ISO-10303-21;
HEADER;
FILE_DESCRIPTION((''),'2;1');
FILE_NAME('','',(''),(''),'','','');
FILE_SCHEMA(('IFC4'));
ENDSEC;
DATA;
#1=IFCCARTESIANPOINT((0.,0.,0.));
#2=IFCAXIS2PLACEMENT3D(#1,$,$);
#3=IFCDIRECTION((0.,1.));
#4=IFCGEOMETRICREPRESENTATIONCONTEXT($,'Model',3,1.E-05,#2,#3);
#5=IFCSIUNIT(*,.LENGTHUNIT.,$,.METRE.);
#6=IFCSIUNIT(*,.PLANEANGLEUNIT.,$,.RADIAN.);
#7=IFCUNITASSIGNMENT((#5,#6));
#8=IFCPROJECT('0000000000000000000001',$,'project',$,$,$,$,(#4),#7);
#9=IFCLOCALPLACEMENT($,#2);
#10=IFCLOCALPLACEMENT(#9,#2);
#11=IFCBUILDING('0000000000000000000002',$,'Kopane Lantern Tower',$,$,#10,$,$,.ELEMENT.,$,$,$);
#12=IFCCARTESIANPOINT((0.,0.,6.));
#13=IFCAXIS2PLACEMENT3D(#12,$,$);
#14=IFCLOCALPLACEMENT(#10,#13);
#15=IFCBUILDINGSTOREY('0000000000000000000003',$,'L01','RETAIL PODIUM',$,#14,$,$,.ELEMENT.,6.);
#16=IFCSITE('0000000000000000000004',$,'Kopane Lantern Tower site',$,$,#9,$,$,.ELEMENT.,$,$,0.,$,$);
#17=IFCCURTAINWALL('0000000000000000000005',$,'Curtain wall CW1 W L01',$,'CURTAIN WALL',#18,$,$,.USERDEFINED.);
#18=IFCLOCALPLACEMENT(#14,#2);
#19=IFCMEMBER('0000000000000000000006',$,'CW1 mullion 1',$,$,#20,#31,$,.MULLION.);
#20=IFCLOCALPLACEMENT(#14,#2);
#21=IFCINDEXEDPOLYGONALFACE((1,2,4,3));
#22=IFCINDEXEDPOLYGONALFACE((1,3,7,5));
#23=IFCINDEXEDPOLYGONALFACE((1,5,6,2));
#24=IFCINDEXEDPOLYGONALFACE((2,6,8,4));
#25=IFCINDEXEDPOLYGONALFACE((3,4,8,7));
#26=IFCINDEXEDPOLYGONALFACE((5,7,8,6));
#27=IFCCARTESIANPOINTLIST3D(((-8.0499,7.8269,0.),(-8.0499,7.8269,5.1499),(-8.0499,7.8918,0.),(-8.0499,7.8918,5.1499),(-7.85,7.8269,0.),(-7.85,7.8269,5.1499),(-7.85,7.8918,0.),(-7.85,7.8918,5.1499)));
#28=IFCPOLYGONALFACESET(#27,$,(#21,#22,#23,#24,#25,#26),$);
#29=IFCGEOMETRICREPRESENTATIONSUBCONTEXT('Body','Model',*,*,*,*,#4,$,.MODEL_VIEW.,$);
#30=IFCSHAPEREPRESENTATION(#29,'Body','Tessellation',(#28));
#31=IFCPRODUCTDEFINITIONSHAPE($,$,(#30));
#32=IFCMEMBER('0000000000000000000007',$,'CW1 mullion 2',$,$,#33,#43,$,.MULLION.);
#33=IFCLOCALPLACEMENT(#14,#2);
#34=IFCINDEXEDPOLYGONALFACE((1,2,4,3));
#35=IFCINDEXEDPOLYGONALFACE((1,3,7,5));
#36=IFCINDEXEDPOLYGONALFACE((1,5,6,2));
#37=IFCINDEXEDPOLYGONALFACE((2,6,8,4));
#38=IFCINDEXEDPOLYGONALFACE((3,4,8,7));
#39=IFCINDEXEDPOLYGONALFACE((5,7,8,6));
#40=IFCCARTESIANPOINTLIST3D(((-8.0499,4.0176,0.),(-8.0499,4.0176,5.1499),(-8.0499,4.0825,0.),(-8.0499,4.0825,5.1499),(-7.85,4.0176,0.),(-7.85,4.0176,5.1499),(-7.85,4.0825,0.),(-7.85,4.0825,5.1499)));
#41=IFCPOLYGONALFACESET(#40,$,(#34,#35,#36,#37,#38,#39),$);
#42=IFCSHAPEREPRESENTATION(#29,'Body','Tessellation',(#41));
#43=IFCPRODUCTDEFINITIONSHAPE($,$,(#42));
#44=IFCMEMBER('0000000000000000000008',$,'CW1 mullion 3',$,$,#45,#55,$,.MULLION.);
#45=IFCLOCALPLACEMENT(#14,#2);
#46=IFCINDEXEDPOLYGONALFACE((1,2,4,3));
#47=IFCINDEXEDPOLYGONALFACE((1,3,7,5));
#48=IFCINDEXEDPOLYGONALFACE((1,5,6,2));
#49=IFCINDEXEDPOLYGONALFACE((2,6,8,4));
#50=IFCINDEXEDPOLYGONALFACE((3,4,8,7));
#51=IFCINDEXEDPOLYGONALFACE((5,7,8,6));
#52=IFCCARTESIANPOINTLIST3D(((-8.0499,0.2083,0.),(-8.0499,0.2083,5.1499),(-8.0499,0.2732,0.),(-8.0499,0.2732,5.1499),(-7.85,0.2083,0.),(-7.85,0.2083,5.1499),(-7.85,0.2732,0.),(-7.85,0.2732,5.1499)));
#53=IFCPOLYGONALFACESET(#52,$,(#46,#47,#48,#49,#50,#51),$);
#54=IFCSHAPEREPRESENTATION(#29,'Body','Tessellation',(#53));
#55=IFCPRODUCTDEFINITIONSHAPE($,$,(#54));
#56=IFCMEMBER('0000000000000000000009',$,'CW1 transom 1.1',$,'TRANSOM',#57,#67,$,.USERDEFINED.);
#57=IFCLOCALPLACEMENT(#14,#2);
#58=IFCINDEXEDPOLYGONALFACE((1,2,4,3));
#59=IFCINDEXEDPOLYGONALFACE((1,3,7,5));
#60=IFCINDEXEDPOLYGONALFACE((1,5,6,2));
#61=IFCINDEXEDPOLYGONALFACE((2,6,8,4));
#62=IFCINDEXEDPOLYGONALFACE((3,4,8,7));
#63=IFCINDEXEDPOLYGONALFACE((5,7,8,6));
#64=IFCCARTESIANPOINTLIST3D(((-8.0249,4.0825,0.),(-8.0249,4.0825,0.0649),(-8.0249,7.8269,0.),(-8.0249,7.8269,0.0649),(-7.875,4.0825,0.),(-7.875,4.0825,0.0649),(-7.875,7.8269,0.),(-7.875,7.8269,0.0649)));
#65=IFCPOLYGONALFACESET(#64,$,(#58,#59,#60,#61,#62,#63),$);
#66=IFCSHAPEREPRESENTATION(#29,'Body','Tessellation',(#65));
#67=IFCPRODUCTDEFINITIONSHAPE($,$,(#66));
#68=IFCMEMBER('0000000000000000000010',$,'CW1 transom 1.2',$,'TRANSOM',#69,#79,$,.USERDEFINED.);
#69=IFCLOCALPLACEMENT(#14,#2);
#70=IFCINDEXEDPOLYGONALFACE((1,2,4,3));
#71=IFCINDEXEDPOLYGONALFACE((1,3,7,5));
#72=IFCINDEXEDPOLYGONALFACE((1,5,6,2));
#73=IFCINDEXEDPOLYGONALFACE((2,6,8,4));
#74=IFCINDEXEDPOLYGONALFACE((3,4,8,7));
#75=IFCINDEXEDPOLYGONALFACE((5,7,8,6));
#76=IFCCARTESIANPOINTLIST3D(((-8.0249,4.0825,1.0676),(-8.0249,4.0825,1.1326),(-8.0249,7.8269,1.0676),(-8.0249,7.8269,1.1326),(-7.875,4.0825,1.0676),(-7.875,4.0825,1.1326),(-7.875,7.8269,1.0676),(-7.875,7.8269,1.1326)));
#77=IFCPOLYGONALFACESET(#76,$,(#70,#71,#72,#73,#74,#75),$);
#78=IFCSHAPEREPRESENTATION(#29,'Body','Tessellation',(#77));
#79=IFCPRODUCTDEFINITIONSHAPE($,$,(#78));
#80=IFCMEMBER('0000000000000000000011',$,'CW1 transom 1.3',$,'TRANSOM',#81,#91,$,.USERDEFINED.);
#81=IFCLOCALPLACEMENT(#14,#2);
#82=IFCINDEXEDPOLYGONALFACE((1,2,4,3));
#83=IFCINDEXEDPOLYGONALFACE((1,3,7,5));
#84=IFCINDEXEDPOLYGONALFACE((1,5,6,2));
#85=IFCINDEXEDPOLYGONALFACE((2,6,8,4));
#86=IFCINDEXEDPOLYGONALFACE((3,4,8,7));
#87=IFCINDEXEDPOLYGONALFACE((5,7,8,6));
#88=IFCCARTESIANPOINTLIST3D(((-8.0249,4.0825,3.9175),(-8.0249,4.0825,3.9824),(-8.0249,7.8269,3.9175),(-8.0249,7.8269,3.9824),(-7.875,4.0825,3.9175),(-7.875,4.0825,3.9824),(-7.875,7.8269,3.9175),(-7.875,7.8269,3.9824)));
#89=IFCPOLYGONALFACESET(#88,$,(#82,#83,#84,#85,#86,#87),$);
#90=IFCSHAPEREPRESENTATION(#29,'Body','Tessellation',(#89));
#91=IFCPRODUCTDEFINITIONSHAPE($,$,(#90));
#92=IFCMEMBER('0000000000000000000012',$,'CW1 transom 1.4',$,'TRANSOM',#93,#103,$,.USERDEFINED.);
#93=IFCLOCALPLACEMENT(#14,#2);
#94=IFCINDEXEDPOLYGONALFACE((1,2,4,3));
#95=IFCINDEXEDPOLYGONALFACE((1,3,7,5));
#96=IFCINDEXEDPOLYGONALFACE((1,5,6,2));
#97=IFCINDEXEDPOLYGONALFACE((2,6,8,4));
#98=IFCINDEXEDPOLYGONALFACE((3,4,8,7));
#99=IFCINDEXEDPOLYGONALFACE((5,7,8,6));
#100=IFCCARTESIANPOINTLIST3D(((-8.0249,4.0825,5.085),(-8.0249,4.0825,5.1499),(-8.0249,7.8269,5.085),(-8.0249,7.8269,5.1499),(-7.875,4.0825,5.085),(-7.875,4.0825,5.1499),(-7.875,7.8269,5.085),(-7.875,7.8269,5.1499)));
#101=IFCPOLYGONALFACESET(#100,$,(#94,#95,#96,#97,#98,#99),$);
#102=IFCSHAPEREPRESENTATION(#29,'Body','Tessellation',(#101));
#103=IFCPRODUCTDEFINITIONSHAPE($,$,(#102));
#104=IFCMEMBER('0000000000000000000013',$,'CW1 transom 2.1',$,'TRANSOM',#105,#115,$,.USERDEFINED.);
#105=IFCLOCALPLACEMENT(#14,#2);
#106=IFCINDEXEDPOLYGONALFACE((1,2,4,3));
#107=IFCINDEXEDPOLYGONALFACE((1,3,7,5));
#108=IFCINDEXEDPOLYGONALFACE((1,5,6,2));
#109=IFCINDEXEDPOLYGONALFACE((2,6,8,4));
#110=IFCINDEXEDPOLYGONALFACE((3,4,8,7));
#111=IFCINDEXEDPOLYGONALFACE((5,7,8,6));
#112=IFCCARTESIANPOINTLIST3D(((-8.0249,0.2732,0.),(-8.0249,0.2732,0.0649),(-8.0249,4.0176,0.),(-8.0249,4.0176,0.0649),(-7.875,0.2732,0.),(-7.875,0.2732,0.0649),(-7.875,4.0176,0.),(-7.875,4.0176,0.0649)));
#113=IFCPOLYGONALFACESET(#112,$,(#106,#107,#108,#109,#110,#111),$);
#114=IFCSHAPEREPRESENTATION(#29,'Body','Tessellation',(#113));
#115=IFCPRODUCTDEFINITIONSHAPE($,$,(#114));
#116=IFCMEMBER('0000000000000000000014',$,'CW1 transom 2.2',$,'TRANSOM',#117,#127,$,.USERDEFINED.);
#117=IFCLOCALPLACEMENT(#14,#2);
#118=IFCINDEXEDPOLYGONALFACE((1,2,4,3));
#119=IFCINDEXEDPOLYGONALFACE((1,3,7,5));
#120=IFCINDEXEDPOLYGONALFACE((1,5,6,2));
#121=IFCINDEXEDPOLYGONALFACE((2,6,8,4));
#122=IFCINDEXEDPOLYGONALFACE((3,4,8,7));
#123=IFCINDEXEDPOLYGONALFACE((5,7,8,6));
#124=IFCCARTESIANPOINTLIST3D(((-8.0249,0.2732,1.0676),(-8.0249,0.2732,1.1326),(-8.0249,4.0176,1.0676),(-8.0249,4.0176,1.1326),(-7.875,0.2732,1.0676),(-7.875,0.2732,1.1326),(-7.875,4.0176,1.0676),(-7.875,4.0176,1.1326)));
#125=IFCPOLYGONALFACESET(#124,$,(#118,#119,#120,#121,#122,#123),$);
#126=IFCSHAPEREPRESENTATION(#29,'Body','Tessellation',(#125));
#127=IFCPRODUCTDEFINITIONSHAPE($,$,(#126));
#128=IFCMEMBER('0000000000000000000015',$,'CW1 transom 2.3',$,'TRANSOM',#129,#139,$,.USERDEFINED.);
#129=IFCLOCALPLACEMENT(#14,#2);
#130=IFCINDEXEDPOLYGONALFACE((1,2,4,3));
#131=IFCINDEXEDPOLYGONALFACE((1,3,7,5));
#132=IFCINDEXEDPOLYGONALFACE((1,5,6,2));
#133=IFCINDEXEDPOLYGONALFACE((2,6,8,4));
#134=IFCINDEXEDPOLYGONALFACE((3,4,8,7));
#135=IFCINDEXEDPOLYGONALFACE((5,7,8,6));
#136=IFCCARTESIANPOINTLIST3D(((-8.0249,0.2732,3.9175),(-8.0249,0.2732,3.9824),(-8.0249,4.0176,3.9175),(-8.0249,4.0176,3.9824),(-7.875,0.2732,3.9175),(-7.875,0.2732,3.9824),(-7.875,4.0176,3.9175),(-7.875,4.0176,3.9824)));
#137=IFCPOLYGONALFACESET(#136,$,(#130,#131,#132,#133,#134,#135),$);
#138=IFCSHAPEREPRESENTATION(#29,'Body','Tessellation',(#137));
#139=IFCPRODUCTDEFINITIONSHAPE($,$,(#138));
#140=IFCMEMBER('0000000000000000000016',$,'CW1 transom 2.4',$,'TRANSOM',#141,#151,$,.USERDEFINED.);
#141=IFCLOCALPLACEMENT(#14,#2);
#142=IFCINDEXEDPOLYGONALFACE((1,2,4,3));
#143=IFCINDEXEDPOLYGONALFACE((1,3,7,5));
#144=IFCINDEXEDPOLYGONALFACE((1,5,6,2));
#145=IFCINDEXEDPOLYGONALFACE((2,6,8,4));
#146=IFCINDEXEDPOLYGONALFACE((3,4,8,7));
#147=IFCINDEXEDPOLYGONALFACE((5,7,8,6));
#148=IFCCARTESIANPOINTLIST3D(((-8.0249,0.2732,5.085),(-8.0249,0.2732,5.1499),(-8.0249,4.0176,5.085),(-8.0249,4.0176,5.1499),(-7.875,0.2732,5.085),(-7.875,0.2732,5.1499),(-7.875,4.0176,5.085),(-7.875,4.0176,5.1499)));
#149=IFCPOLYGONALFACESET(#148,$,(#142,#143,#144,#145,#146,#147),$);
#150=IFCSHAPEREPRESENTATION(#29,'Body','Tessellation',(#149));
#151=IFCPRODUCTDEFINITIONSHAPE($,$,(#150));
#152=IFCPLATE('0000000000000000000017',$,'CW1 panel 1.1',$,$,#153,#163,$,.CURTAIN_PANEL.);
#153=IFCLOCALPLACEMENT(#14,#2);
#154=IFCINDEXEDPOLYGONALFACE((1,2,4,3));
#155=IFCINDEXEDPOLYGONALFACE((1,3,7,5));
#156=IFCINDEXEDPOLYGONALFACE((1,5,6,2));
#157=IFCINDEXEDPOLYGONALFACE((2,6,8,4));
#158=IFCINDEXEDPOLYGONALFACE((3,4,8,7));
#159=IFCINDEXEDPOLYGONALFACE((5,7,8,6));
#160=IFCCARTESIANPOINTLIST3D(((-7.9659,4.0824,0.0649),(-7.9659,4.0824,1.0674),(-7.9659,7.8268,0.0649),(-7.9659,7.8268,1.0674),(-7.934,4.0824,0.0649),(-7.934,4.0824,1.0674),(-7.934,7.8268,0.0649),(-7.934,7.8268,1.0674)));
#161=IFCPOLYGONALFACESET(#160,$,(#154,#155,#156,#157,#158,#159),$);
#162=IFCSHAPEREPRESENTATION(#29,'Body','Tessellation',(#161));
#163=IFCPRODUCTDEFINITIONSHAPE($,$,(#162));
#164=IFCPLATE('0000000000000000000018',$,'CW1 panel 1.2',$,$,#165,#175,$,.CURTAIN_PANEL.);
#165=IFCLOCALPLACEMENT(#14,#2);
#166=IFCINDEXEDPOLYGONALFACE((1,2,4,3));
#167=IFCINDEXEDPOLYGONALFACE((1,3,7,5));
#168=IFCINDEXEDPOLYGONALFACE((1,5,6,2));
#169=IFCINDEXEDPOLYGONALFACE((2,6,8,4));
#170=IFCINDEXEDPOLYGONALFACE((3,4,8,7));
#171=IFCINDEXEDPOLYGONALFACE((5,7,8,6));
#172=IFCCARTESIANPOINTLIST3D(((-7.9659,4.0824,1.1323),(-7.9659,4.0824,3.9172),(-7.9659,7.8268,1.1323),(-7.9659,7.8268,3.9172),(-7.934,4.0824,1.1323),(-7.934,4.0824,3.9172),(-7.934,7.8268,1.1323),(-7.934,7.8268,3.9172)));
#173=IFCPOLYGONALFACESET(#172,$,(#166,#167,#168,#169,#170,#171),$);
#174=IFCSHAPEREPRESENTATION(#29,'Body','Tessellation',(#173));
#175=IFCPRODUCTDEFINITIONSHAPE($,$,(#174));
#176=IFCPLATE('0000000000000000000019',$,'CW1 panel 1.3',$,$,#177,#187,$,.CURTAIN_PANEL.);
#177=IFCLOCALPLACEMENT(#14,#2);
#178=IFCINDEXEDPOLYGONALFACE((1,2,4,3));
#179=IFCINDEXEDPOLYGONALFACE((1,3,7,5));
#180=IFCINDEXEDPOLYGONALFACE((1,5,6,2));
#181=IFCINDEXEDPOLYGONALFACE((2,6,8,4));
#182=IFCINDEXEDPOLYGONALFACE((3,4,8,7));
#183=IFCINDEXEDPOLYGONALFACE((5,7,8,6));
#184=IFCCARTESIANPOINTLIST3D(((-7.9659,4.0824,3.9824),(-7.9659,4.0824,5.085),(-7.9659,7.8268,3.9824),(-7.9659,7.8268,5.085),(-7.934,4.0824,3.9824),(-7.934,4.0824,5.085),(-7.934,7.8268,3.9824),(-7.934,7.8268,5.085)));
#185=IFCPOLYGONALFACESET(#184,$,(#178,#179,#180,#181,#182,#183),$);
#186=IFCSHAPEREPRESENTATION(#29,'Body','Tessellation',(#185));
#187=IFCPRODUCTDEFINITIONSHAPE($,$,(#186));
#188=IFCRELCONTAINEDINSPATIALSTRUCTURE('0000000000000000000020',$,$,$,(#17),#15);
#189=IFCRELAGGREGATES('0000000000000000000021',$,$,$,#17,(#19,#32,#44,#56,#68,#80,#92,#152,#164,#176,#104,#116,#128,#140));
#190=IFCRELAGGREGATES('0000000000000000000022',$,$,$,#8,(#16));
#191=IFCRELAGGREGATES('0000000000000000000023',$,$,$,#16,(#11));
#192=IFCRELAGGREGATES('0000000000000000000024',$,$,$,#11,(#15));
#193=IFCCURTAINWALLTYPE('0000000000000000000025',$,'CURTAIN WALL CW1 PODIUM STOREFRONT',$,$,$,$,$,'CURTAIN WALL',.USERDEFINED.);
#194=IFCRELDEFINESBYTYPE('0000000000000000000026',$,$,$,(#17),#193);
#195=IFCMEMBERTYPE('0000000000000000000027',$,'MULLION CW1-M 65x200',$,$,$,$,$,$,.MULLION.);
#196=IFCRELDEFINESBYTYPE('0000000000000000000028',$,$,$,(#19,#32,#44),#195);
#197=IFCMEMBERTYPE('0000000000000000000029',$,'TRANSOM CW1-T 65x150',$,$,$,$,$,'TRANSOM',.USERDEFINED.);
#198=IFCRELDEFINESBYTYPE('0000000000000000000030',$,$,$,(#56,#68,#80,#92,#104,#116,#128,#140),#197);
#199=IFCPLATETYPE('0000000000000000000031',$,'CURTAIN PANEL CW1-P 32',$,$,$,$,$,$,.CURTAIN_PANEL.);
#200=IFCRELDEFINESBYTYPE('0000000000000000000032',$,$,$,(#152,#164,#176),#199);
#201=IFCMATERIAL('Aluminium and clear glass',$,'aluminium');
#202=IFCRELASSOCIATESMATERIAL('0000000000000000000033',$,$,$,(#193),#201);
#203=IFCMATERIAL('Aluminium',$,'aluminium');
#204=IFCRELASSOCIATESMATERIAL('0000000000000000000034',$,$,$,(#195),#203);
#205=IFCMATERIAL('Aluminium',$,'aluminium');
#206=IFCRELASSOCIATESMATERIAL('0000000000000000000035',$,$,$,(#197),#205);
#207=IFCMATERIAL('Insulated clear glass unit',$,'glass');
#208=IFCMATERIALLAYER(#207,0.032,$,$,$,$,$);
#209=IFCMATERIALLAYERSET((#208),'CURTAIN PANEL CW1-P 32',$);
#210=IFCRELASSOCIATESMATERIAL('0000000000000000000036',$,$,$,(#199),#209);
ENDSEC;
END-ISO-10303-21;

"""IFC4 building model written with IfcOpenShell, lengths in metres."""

from ifc_helpers import new_model, si_unit, direction, frame, origin, origin_2d, place, context, subcontext, project, spatial, rectangle, extrude, material, layer, layer_set, material_profile, profile_set, type_object, element, aggregate, save


model = new_model("IFC4")

# Units and contexts
model_context = context("Model", 3, precision=1e-05, world=origin(), true_north=direction((0.0, 1.0)))
body_context = subcontext(model_context, "Body", "Model", "MODEL_VIEW")
ifc_project = project(units=[si_unit("LENGTHUNIT", "METRE"), si_unit("PLANEANGLEUNIT", "RADIAN")], contexts=[model_context])

# Site, building, storey
site_placement = place(None, origin())
site = spatial("IfcSite", under=ifc_project, at=site_placement, Name="Kopane Lantern Tower site", CompositionType="ELEMENT", RefElevation=0.0)
building_placement = place(site_placement, origin())
building = spatial("IfcBuilding", under=site, at=building_placement, Name="Kopane Lantern Tower", CompositionType="ELEMENT")
storey_placement = place(building_placement, frame((0.0, 0.0, 6.0)))
storey = spatial("IfcBuildingStorey", under=building, at=storey_placement, Name="L01", Description="RETAIL PODIUM", CompositionType="ELEMENT", Elevation=6.0)

# Curtain wall, members, plates
ifc_material_1 = material(Name="Aluminium and clear glass", Category="aluminium")
curtain_wall_type = type_object("IfcCurtainWallType", Name="CURTAIN WALL CW1 PODIUM STOREFRONT", ElementType="CURTAIN WALL", PredefinedType="USERDEFINED", material=ifc_material_1)
curtain_wall_placement = place(storey_placement, origin())
curtain_wall = element("IfcCurtainWall", 1, at=curtain_wall_placement, inside=storey, type_object=curtain_wall_type, Name="Curtain wall CW1 W L01", ObjectType="CURTAIN WALL", PredefinedType="USERDEFINED")
ifc_material_2 = material(Name="Aluminium", Category="aluminium")
ifc_material_profile_1 = material_profile(ifc_material_2, rectangle(XDim=0.0649, YDim=0.2, at=origin_2d()), Name="AL 65x200")
ifc_profile_set_1 = profile_set([ifc_material_profile_1], Name="Aluminium")
member_type_1 = type_object("IfcMemberType", Name="MULLION CW1-M 65x200", PredefinedType="MULLION", material=ifc_profile_set_1)
member_1_placement = place(storey_placement, frame((-7.95, 7.8594, 0.0), z_axis=(0.0, 0.0, 1.0), x_axis=(0.0, -1.0, 0.0)))
member_1 = element("IfcMember", 2, at=member_1_placement, type_object=member_type_1, Name="CW1 mullion 1", PredefinedType="MULLION", context=body_context, shape_type="SweptSolid", body=[
    extrude(rectangle(XDim=0.0649, YDim=0.2, at=origin_2d()), origin(), (0.0, 0.0, 1.0), 5.1499),
])
member_2_placement = place(storey_placement, frame((-7.95, 4.05, 0.0), z_axis=(0.0, 0.0, 1.0), x_axis=(0.0, -1.0, 0.0)))
member_2 = element("IfcMember", 3, at=member_2_placement, type_object=member_type_1, Name="CW1 mullion 2", PredefinedType="MULLION", context=body_context, shape_type="SweptSolid", body=[
    extrude(rectangle(XDim=0.0649, YDim=0.2, at=origin_2d()), origin(), (0.0, 0.0, 1.0), 5.1499),
])
member_3_placement = place(storey_placement, frame((-7.95, 0.2407, 0.0), z_axis=(0.0, 0.0, 1.0), x_axis=(0.0, -1.0, 0.0)))
member_3 = element("IfcMember", 4, at=member_3_placement, type_object=member_type_1, Name="CW1 mullion 3", PredefinedType="MULLION", context=body_context, shape_type="SweptSolid", body=[
    extrude(rectangle(XDim=0.0649, YDim=0.2, at=origin_2d()), origin(), (0.0, 0.0, 1.0), 5.1499),
])
ifc_material_3 = material(Name="Aluminium", Category="aluminium")
ifc_material_profile_2 = material_profile(ifc_material_3, rectangle(XDim=0.1499, YDim=0.0649, at=origin_2d()), Name="AL 150x65")
ifc_profile_set_2 = profile_set([ifc_material_profile_2], Name="Aluminium")
member_type_2 = type_object("IfcMemberType", Name="TRANSOM CW1-T 65x150", ElementType="TRANSOM", PredefinedType="USERDEFINED", material=ifc_profile_set_2)
member_4_placement = place(storey_placement, frame((-7.95, 7.8269, 0.0325), z_axis=(0.0, -1.0, 0.0), x_axis=(1.0, 0.0, 0.0)))
member_4 = element("IfcMember", 5, at=member_4_placement, type_object=member_type_2, Name="CW1 transom 1.1", ObjectType="TRANSOM", PredefinedType="USERDEFINED", context=body_context, shape_type="SweptSolid", body=[
    extrude(rectangle(XDim=0.1499, YDim=0.0649, at=origin_2d()), origin(), (0.0, 0.0, 1.0), 3.7444),
])
member_5_placement = place(storey_placement, frame((-7.95, 7.8269, 1.1001), z_axis=(0.0, -1.0, 0.0), x_axis=(1.0, 0.0, 0.0)))
member_5 = element("IfcMember", 6, at=member_5_placement, type_object=member_type_2, Name="CW1 transom 1.2", ObjectType="TRANSOM", PredefinedType="USERDEFINED", context=body_context, shape_type="SweptSolid", body=[
    extrude(rectangle(XDim=0.1499, YDim=0.0649, at=origin_2d()), origin(), (0.0, 0.0, 1.0), 3.7444),
])
member_6_placement = place(storey_placement, frame((-7.95, 7.8269, 3.95), z_axis=(0.0, -1.0, 0.0), x_axis=(1.0, 0.0, 0.0)))
member_6 = element("IfcMember", 7, at=member_6_placement, type_object=member_type_2, Name="CW1 transom 1.3", ObjectType="TRANSOM", PredefinedType="USERDEFINED", context=body_context, shape_type="SweptSolid", body=[
    extrude(rectangle(XDim=0.1499, YDim=0.0649, at=origin_2d()), origin(), (0.0, 0.0, 1.0), 3.7444),
])
member_7_placement = place(storey_placement, frame((-7.95, 7.8269, 5.1174), z_axis=(0.0, -1.0, 0.0), x_axis=(1.0, 0.0, 0.0)))
member_7 = element("IfcMember", 8, at=member_7_placement, type_object=member_type_2, Name="CW1 transom 1.4", ObjectType="TRANSOM", PredefinedType="USERDEFINED", context=body_context, shape_type="SweptSolid", body=[
    extrude(rectangle(XDim=0.1499, YDim=0.0649, at=origin_2d()), origin(), (0.0, 0.0, 1.0), 3.7444),
])
member_8_placement = place(storey_placement, frame((-7.95, 4.0176, 0.0325), z_axis=(0.0, -1.0, 0.0), x_axis=(1.0, 0.0, 0.0)))
member_8 = element("IfcMember", 9, at=member_8_placement, type_object=member_type_2, Name="CW1 transom 2.1", ObjectType="TRANSOM", PredefinedType="USERDEFINED", context=body_context, shape_type="SweptSolid", body=[
    extrude(rectangle(XDim=0.1499, YDim=0.0649, at=origin_2d()), origin(), (0.0, 0.0, 1.0), 3.7444),
])
member_9_placement = place(storey_placement, frame((-7.95, 4.0176, 1.1001), z_axis=(0.0, -1.0, 0.0), x_axis=(1.0, 0.0, 0.0)))
member_9 = element("IfcMember", 10, at=member_9_placement, type_object=member_type_2, Name="CW1 transom 2.2", ObjectType="TRANSOM", PredefinedType="USERDEFINED", context=body_context, shape_type="SweptSolid", body=[
    extrude(rectangle(XDim=0.1499, YDim=0.0649, at=origin_2d()), origin(), (0.0, 0.0, 1.0), 3.7444),
])
member_10_placement = place(storey_placement, frame((-7.95, 4.0176, 3.95), z_axis=(0.0, -1.0, 0.0), x_axis=(1.0, 0.0, 0.0)))
member_10 = element("IfcMember", 11, at=member_10_placement, type_object=member_type_2, Name="CW1 transom 2.3", ObjectType="TRANSOM", PredefinedType="USERDEFINED", context=body_context, shape_type="SweptSolid", body=[
    extrude(rectangle(XDim=0.1499, YDim=0.0649, at=origin_2d()), origin(), (0.0, 0.0, 1.0), 3.7444),
])
member_11_placement = place(storey_placement, frame((-7.95, 4.0176, 5.1174), z_axis=(0.0, -1.0, 0.0), x_axis=(1.0, 0.0, 0.0)))
member_11 = element("IfcMember", 12, at=member_11_placement, type_object=member_type_2, Name="CW1 transom 2.4", ObjectType="TRANSOM", PredefinedType="USERDEFINED", context=body_context, shape_type="SweptSolid", body=[
    extrude(rectangle(XDim=0.1499, YDim=0.0649, at=origin_2d()), origin(), (0.0, 0.0, 1.0), 3.7444),
])
ifc_material_4 = material(Name="Insulated clear glass unit", Category="glass")
ifc_layer_1 = layer(ifc_material_4, 0.032)
ifc_layer_set_1 = layer_set([ifc_layer_1], Name="CURTAIN PANEL CW1-P 32")
plate_type = type_object("IfcPlateType", Name="CURTAIN PANEL CW1-P 32", PredefinedType="CURTAIN_PANEL", material=ifc_layer_set_1)
plate_1_placement = place(storey_placement, frame((-7.95, 5.9546, 0.0649), z_axis=(0.0, 0.0, 1.0), x_axis=(0.0, -1.0, 0.0)))
plate_1 = element("IfcPlate", 13, at=plate_1_placement, type_object=plate_type, Name="CW1 panel 1.1", PredefinedType="CURTAIN_PANEL", context=body_context, shape_type="SweptSolid", body=[
    extrude(rectangle(XDim=3.7444, YDim=0.032, at=origin_2d()), origin(), (0.0, 0.0, 1.0), 1.0024),
])
plate_2_placement = place(storey_placement, frame((-7.95, 5.9546, 1.1323), z_axis=(0.0, 0.0, 1.0), x_axis=(0.0, -1.0, 0.0)))
plate_2 = element("IfcPlate", 14, at=plate_2_placement, type_object=plate_type, Name="CW1 panel 1.2", PredefinedType="CURTAIN_PANEL", context=body_context, shape_type="SweptSolid", body=[
    extrude(rectangle(XDim=3.7444, YDim=0.032, at=origin_2d()), origin(), (0.0, 0.0, 1.0), 2.7849),
])
plate_3_placement = place(storey_placement, frame((-7.95, 5.9546, 3.9824), z_axis=(0.0, 0.0, 1.0), x_axis=(0.0, -1.0, 0.0)))
plate_3 = element("IfcPlate", 15, at=plate_3_placement, type_object=plate_type, Name="CW1 panel 1.3", PredefinedType="CURTAIN_PANEL", context=body_context, shape_type="SweptSolid", body=[
    extrude(rectangle(XDim=3.7444, YDim=0.032, at=origin_2d()), origin(), (0.0, 0.0, 1.0), 1.1025),
])
aggregate(curtain_wall, [member_1, member_2, member_3, member_4, member_5, member_6, member_7, plate_1, plate_2, plate_3, member_8, member_9, member_10, member_11])

save(model, "model.ifc")
